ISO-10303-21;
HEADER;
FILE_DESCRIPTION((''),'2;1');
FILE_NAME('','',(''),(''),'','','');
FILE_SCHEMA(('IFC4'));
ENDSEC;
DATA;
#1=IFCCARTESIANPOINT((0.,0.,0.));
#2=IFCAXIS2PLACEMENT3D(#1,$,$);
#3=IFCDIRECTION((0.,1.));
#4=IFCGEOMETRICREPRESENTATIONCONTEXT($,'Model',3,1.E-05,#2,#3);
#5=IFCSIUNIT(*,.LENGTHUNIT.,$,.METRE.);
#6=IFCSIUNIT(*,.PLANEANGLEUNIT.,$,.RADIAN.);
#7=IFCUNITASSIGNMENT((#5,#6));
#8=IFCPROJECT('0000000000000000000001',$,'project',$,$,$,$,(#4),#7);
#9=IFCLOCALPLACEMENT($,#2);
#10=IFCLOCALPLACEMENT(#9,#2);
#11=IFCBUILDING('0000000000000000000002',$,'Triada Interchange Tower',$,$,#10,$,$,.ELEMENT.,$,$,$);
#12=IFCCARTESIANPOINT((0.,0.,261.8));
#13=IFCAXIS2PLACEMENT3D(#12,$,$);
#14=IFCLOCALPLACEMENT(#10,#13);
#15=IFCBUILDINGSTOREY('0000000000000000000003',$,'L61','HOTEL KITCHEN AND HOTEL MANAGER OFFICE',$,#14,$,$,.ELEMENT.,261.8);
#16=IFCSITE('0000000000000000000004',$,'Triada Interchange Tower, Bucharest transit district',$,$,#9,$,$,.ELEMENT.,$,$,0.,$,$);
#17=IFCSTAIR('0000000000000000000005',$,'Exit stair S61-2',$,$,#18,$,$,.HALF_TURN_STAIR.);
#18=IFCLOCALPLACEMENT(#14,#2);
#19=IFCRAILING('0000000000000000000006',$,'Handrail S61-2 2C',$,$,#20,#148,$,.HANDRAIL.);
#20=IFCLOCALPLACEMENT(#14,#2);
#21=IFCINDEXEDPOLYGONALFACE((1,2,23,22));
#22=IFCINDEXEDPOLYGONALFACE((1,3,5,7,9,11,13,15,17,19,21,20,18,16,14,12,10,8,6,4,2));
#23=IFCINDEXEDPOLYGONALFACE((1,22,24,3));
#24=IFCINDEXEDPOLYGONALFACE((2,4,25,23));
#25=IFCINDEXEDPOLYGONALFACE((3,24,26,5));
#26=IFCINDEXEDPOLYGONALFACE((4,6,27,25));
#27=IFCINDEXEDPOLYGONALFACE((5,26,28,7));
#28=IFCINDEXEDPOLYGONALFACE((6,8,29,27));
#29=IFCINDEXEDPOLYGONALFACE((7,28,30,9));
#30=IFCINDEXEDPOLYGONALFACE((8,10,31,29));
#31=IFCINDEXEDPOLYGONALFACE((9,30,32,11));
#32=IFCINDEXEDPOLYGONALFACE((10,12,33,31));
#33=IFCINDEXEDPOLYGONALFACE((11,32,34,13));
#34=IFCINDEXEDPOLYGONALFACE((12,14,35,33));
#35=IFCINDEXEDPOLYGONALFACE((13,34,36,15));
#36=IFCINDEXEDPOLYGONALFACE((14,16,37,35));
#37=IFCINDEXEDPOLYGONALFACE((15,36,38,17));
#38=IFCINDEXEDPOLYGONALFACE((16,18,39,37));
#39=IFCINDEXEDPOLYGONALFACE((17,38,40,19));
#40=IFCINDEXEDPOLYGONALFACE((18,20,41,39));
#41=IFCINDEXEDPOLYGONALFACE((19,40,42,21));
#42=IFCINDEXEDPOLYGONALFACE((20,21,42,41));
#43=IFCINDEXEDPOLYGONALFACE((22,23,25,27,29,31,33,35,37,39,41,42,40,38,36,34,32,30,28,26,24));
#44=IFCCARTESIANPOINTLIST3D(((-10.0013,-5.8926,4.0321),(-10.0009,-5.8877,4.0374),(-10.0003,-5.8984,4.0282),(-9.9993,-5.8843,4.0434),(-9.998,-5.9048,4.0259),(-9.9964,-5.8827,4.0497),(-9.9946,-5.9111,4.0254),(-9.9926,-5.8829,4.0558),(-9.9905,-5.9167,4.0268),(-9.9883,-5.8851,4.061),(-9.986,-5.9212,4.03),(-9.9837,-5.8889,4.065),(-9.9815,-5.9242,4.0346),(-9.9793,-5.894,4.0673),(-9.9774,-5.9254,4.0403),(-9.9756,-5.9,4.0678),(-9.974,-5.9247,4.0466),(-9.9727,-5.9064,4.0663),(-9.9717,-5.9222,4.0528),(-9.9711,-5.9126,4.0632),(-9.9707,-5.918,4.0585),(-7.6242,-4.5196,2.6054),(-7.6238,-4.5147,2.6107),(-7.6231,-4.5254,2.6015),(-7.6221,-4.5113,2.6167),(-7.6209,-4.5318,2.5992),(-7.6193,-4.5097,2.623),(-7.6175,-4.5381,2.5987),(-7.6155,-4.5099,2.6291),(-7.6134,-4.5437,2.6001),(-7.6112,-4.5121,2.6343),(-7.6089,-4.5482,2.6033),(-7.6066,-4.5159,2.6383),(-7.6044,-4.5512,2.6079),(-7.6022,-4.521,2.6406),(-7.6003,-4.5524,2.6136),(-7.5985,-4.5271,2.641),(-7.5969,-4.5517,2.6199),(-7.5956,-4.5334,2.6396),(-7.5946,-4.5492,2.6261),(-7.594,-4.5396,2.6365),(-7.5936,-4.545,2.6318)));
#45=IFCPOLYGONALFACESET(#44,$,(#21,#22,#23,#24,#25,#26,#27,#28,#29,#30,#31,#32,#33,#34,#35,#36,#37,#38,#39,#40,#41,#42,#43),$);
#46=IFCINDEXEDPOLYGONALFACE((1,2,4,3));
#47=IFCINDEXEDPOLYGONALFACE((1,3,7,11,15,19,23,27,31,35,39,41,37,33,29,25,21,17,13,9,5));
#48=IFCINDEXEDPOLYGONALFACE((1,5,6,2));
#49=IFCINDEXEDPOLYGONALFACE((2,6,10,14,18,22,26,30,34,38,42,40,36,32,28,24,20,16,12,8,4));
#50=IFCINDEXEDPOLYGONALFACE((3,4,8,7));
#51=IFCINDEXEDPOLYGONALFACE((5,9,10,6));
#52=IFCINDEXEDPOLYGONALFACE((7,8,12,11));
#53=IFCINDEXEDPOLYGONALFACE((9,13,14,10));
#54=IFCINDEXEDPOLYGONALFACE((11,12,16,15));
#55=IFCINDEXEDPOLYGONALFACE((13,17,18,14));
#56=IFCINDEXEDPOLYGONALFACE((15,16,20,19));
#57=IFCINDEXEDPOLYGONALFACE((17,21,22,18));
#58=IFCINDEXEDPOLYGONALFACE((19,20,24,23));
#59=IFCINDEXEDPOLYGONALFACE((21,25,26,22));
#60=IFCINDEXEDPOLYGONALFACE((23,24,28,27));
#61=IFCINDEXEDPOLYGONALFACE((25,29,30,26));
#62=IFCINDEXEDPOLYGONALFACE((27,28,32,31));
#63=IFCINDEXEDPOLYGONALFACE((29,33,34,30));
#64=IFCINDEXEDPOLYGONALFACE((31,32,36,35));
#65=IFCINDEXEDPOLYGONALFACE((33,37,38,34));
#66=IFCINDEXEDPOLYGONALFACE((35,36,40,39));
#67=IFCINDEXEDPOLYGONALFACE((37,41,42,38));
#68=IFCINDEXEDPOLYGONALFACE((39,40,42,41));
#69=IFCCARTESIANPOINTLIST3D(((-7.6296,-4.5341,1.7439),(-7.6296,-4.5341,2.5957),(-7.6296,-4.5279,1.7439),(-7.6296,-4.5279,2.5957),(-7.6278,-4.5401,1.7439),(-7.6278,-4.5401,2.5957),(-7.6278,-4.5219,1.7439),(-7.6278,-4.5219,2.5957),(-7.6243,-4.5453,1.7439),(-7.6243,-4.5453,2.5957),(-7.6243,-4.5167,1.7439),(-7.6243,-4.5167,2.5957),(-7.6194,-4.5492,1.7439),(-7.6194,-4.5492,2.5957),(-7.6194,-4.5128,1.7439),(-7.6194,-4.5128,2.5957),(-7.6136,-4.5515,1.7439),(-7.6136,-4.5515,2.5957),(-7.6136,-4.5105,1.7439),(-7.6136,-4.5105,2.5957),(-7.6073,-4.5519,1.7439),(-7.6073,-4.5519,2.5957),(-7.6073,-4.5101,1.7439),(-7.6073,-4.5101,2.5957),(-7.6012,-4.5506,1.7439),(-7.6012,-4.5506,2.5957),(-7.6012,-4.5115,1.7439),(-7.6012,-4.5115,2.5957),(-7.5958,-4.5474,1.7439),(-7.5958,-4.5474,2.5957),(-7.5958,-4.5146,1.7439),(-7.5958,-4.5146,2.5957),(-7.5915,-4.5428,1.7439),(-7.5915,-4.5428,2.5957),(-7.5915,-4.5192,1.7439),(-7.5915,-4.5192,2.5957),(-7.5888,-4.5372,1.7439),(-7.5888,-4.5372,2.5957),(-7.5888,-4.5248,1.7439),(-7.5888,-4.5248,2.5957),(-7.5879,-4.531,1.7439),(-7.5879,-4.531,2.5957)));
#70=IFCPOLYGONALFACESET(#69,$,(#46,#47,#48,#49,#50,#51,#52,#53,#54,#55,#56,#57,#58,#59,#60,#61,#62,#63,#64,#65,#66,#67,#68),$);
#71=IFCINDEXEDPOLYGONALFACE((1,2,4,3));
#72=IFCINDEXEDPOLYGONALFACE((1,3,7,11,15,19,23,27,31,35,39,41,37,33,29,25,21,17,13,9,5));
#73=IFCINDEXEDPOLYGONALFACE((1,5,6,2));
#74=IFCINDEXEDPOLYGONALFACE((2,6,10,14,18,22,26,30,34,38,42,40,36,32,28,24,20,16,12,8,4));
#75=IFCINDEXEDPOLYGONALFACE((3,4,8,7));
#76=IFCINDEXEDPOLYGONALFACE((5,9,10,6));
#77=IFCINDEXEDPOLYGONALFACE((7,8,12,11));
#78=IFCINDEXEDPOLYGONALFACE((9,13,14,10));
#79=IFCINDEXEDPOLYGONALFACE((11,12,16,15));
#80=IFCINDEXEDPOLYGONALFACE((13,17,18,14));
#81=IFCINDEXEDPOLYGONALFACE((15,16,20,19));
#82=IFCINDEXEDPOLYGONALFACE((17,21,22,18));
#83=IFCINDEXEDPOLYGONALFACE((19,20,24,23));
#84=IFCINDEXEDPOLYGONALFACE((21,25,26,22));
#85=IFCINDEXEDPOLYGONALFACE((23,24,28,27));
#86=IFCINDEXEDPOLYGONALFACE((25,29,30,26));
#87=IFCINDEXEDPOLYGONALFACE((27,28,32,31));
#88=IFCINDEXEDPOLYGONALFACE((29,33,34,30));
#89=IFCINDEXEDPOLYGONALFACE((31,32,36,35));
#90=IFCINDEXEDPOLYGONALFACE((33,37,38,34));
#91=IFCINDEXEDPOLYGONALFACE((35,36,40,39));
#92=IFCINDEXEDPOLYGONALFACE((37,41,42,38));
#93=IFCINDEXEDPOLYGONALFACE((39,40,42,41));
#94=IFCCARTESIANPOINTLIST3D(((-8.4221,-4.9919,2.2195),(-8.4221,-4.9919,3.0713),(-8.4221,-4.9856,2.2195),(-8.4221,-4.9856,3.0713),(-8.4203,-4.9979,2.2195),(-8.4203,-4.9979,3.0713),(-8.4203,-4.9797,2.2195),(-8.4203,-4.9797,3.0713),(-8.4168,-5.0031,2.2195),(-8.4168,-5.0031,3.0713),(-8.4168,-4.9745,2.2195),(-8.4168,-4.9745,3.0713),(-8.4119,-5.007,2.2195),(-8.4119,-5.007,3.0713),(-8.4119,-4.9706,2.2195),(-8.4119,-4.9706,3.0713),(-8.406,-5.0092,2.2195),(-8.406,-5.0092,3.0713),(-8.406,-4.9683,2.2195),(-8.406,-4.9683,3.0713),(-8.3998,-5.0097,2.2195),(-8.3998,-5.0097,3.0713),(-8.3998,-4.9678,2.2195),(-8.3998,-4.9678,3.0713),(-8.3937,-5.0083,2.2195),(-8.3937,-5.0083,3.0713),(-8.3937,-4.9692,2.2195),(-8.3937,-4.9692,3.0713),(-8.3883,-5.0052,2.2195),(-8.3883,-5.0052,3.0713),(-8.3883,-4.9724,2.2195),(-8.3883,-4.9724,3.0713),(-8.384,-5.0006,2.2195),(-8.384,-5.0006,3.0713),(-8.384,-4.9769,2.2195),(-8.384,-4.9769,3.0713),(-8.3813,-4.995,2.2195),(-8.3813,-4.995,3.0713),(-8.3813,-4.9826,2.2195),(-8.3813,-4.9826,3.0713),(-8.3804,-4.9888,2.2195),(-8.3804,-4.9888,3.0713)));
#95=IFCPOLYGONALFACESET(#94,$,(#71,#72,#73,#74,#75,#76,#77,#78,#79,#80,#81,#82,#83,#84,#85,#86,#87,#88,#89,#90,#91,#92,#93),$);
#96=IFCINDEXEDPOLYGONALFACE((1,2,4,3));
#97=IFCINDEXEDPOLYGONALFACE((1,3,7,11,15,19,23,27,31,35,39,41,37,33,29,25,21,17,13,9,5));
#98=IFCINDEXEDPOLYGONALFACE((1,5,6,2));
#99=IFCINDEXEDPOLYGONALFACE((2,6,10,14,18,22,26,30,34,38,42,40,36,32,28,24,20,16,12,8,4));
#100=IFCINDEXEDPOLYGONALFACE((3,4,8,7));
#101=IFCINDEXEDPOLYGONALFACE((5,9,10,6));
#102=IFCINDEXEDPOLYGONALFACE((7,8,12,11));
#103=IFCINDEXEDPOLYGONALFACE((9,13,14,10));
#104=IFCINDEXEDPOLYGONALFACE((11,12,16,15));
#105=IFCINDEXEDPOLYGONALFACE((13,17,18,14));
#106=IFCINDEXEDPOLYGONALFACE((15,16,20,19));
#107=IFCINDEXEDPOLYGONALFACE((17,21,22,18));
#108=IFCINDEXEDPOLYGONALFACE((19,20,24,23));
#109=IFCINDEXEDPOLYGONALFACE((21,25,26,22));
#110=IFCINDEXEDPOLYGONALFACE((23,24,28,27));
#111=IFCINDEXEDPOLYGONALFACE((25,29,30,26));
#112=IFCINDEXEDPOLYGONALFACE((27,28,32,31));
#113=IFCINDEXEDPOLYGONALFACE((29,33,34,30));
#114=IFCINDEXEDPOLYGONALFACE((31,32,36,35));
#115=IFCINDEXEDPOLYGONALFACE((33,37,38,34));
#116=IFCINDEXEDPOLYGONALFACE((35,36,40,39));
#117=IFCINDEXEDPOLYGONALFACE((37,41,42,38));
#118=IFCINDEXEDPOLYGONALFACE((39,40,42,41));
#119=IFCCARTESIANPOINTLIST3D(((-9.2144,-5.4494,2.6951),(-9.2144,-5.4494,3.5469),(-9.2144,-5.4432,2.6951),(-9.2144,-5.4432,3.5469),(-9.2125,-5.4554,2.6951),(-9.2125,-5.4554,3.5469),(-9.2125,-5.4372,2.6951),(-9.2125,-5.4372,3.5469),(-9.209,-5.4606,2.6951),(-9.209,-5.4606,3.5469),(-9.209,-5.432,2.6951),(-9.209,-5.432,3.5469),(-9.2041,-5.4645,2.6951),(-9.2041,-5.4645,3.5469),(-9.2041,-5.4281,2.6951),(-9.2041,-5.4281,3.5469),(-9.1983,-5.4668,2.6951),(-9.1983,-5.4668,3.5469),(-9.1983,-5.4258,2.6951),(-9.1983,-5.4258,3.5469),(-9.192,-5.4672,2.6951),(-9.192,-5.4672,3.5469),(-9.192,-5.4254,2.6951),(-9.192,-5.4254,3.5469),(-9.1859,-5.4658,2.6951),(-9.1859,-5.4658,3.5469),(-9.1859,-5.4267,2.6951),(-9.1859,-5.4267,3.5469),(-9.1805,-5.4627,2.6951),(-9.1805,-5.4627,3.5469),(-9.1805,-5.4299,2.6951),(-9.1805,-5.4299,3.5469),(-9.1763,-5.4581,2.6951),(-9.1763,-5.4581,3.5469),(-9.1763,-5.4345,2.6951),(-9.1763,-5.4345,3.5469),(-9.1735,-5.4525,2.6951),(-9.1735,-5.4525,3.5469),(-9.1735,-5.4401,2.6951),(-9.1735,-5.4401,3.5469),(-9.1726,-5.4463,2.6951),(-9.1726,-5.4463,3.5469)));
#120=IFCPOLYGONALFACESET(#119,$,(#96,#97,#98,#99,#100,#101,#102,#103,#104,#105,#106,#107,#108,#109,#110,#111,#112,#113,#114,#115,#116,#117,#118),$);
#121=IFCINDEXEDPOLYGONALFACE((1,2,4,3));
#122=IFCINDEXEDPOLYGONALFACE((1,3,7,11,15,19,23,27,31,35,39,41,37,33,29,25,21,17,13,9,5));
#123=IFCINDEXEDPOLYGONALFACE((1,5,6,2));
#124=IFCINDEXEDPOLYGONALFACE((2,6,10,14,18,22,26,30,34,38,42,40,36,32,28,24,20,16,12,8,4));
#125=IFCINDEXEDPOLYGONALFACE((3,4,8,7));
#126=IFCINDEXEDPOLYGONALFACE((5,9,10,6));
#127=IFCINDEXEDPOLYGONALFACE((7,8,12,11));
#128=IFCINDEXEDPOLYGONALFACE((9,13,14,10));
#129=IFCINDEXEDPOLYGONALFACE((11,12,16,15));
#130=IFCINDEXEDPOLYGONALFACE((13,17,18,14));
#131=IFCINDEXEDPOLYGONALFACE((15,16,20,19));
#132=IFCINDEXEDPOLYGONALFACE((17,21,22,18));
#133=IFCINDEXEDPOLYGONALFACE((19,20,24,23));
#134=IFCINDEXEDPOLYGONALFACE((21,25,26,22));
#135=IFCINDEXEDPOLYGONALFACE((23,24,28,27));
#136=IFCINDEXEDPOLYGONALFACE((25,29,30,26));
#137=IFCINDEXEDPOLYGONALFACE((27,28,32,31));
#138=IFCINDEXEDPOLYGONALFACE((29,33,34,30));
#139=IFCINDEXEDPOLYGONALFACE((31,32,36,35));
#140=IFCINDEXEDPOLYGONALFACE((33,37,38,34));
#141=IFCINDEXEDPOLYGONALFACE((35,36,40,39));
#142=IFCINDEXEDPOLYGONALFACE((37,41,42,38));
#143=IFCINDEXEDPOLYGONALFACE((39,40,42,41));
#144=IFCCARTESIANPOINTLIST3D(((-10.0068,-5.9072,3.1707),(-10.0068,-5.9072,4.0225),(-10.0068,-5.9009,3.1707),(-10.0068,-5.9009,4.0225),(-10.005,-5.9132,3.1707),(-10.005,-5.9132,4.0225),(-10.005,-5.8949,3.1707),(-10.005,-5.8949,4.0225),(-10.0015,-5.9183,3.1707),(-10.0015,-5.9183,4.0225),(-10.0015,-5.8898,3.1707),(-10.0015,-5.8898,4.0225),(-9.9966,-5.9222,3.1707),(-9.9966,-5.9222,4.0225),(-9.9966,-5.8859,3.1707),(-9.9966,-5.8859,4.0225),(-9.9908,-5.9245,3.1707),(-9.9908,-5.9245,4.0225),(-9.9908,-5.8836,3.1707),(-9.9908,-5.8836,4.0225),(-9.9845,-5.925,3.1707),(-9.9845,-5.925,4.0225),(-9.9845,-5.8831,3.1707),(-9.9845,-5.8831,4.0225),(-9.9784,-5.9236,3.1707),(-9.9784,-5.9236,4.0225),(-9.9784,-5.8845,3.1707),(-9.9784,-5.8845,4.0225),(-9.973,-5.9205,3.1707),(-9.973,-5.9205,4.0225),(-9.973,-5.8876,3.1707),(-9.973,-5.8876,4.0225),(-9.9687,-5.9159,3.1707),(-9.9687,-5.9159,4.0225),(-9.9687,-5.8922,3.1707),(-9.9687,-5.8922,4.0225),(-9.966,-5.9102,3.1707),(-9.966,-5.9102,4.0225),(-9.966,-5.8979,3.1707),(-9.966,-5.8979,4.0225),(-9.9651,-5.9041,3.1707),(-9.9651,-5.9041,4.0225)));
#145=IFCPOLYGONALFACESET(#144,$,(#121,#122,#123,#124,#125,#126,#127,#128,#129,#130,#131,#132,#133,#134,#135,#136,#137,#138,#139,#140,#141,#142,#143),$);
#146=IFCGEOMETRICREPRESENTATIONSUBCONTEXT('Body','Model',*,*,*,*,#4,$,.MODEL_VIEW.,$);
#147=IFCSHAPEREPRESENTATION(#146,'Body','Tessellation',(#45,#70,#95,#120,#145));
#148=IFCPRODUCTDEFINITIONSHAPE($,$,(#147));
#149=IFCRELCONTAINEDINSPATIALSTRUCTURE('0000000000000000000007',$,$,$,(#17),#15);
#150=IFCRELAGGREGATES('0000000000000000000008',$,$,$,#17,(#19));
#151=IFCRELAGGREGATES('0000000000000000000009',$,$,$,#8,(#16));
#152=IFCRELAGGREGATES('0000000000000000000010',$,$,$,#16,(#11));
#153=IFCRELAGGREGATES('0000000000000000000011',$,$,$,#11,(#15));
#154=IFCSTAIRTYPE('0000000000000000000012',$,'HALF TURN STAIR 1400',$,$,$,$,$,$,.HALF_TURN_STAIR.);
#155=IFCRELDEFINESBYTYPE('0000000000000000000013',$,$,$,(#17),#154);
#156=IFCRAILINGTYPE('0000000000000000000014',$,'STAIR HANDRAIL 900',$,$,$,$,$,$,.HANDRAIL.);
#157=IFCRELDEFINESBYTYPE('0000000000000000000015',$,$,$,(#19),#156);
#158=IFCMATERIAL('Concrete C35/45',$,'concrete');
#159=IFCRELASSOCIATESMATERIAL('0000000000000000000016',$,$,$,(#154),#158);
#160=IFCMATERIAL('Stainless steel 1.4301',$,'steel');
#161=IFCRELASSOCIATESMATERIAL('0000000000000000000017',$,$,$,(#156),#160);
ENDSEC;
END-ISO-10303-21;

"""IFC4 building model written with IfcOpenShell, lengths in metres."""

from ifc_helpers import new_model, si_unit, direction, frame, origin, origin_2d, place, context, subcontext, project, spatial, circle, extrude, material, type_object, element, aggregate, save


model = new_model("IFC4")

# Units and contexts
model_context = context("Model", 3, precision=1e-05, world=origin(), true_north=direction((0.0, 1.0)))
body_context = subcontext(model_context, "Body", "Model", "MODEL_VIEW")
ifc_project = project(units=[si_unit("LENGTHUNIT", "METRE"), si_unit("PLANEANGLEUNIT", "RADIAN")], contexts=[model_context])

# Site, building, storey
site_placement = place(None, origin())
site = spatial("IfcSite", under=ifc_project, at=site_placement, Name="Triada Interchange Tower, Bucharest transit district", CompositionType="ELEMENT", RefElevation=0.0)
building_placement = place(site_placement, origin())
building = spatial("IfcBuilding", under=site, at=building_placement, Name="Triada Interchange Tower", CompositionType="ELEMENT")
storey_placement = place(building_placement, frame((0.0, 0.0, 261.8)))
storey = spatial("IfcBuildingStorey", under=building, at=storey_placement, Name="L61", Description="HOTEL KITCHEN AND HOTEL MANAGER OFFICE", CompositionType="ELEMENT", Elevation=261.8)

# Stair
ifc_material_1 = material(Name="Concrete C35/45", Category="concrete")
stair_type = type_object("IfcStairType", Name="HALF TURN STAIR 1400", PredefinedType="HALF_TURN_STAIR", material=ifc_material_1)
stair_placement = place(storey_placement, origin())
stair = element("IfcStair", 1, at=stair_placement, inside=storey, type_object=stair_type, Name="Exit stair S61-2", PredefinedType="HALF_TURN_STAIR")

# Railing
ifc_material_2 = material(Name="Stainless steel 1.4301", Category="steel")
railing_type = type_object("IfcRailingType", Name="STAIR HANDRAIL 900", PredefinedType="HANDRAIL", material=ifc_material_2)
railing_1_placement = place(storey_placement, frame((-7.6089, -4.531, 1.7439)))
railing_1 = element("IfcRailing", 2, at=railing_1_placement, type_object=railing_type, Name="Handrail S61-2 2C", PredefinedType="HANDRAIL", context=body_context, shape_type="SweptSolid", body=[
    extrude(circle(Radius=0.0239, at=origin_2d()), frame((0.0, 0.0, 0.876), z_axis=(-0.76836, -0.443798, 0.461158), x_axis=(0.500156, -0.865935, 0.0)), (0.0, 0.0, 1.0), 3.0938),
    extrude(circle(Radius=0.021, at=origin_2d()), origin(), (0.0, 0.0, 1.0), 0.8518),
    extrude(circle(Radius=0.021, at=origin_2d()), frame((-0.7925, -0.4578, 0.4756)), (0.0, 0.0, 1.0), 0.8518),
    extrude(circle(Radius=0.021, at=origin_2d()), frame((-1.5847, -0.9153, 0.9512)), (0.0, 0.0, 1.0), 0.8518),
    extrude(circle(Radius=0.021, at=origin_2d()), frame((-2.3772, -1.373, 1.4268)), (0.0, 0.0, 1.0), 0.8518),
])
aggregate(stair, [railing_1])

save(model, "model.ifc")
